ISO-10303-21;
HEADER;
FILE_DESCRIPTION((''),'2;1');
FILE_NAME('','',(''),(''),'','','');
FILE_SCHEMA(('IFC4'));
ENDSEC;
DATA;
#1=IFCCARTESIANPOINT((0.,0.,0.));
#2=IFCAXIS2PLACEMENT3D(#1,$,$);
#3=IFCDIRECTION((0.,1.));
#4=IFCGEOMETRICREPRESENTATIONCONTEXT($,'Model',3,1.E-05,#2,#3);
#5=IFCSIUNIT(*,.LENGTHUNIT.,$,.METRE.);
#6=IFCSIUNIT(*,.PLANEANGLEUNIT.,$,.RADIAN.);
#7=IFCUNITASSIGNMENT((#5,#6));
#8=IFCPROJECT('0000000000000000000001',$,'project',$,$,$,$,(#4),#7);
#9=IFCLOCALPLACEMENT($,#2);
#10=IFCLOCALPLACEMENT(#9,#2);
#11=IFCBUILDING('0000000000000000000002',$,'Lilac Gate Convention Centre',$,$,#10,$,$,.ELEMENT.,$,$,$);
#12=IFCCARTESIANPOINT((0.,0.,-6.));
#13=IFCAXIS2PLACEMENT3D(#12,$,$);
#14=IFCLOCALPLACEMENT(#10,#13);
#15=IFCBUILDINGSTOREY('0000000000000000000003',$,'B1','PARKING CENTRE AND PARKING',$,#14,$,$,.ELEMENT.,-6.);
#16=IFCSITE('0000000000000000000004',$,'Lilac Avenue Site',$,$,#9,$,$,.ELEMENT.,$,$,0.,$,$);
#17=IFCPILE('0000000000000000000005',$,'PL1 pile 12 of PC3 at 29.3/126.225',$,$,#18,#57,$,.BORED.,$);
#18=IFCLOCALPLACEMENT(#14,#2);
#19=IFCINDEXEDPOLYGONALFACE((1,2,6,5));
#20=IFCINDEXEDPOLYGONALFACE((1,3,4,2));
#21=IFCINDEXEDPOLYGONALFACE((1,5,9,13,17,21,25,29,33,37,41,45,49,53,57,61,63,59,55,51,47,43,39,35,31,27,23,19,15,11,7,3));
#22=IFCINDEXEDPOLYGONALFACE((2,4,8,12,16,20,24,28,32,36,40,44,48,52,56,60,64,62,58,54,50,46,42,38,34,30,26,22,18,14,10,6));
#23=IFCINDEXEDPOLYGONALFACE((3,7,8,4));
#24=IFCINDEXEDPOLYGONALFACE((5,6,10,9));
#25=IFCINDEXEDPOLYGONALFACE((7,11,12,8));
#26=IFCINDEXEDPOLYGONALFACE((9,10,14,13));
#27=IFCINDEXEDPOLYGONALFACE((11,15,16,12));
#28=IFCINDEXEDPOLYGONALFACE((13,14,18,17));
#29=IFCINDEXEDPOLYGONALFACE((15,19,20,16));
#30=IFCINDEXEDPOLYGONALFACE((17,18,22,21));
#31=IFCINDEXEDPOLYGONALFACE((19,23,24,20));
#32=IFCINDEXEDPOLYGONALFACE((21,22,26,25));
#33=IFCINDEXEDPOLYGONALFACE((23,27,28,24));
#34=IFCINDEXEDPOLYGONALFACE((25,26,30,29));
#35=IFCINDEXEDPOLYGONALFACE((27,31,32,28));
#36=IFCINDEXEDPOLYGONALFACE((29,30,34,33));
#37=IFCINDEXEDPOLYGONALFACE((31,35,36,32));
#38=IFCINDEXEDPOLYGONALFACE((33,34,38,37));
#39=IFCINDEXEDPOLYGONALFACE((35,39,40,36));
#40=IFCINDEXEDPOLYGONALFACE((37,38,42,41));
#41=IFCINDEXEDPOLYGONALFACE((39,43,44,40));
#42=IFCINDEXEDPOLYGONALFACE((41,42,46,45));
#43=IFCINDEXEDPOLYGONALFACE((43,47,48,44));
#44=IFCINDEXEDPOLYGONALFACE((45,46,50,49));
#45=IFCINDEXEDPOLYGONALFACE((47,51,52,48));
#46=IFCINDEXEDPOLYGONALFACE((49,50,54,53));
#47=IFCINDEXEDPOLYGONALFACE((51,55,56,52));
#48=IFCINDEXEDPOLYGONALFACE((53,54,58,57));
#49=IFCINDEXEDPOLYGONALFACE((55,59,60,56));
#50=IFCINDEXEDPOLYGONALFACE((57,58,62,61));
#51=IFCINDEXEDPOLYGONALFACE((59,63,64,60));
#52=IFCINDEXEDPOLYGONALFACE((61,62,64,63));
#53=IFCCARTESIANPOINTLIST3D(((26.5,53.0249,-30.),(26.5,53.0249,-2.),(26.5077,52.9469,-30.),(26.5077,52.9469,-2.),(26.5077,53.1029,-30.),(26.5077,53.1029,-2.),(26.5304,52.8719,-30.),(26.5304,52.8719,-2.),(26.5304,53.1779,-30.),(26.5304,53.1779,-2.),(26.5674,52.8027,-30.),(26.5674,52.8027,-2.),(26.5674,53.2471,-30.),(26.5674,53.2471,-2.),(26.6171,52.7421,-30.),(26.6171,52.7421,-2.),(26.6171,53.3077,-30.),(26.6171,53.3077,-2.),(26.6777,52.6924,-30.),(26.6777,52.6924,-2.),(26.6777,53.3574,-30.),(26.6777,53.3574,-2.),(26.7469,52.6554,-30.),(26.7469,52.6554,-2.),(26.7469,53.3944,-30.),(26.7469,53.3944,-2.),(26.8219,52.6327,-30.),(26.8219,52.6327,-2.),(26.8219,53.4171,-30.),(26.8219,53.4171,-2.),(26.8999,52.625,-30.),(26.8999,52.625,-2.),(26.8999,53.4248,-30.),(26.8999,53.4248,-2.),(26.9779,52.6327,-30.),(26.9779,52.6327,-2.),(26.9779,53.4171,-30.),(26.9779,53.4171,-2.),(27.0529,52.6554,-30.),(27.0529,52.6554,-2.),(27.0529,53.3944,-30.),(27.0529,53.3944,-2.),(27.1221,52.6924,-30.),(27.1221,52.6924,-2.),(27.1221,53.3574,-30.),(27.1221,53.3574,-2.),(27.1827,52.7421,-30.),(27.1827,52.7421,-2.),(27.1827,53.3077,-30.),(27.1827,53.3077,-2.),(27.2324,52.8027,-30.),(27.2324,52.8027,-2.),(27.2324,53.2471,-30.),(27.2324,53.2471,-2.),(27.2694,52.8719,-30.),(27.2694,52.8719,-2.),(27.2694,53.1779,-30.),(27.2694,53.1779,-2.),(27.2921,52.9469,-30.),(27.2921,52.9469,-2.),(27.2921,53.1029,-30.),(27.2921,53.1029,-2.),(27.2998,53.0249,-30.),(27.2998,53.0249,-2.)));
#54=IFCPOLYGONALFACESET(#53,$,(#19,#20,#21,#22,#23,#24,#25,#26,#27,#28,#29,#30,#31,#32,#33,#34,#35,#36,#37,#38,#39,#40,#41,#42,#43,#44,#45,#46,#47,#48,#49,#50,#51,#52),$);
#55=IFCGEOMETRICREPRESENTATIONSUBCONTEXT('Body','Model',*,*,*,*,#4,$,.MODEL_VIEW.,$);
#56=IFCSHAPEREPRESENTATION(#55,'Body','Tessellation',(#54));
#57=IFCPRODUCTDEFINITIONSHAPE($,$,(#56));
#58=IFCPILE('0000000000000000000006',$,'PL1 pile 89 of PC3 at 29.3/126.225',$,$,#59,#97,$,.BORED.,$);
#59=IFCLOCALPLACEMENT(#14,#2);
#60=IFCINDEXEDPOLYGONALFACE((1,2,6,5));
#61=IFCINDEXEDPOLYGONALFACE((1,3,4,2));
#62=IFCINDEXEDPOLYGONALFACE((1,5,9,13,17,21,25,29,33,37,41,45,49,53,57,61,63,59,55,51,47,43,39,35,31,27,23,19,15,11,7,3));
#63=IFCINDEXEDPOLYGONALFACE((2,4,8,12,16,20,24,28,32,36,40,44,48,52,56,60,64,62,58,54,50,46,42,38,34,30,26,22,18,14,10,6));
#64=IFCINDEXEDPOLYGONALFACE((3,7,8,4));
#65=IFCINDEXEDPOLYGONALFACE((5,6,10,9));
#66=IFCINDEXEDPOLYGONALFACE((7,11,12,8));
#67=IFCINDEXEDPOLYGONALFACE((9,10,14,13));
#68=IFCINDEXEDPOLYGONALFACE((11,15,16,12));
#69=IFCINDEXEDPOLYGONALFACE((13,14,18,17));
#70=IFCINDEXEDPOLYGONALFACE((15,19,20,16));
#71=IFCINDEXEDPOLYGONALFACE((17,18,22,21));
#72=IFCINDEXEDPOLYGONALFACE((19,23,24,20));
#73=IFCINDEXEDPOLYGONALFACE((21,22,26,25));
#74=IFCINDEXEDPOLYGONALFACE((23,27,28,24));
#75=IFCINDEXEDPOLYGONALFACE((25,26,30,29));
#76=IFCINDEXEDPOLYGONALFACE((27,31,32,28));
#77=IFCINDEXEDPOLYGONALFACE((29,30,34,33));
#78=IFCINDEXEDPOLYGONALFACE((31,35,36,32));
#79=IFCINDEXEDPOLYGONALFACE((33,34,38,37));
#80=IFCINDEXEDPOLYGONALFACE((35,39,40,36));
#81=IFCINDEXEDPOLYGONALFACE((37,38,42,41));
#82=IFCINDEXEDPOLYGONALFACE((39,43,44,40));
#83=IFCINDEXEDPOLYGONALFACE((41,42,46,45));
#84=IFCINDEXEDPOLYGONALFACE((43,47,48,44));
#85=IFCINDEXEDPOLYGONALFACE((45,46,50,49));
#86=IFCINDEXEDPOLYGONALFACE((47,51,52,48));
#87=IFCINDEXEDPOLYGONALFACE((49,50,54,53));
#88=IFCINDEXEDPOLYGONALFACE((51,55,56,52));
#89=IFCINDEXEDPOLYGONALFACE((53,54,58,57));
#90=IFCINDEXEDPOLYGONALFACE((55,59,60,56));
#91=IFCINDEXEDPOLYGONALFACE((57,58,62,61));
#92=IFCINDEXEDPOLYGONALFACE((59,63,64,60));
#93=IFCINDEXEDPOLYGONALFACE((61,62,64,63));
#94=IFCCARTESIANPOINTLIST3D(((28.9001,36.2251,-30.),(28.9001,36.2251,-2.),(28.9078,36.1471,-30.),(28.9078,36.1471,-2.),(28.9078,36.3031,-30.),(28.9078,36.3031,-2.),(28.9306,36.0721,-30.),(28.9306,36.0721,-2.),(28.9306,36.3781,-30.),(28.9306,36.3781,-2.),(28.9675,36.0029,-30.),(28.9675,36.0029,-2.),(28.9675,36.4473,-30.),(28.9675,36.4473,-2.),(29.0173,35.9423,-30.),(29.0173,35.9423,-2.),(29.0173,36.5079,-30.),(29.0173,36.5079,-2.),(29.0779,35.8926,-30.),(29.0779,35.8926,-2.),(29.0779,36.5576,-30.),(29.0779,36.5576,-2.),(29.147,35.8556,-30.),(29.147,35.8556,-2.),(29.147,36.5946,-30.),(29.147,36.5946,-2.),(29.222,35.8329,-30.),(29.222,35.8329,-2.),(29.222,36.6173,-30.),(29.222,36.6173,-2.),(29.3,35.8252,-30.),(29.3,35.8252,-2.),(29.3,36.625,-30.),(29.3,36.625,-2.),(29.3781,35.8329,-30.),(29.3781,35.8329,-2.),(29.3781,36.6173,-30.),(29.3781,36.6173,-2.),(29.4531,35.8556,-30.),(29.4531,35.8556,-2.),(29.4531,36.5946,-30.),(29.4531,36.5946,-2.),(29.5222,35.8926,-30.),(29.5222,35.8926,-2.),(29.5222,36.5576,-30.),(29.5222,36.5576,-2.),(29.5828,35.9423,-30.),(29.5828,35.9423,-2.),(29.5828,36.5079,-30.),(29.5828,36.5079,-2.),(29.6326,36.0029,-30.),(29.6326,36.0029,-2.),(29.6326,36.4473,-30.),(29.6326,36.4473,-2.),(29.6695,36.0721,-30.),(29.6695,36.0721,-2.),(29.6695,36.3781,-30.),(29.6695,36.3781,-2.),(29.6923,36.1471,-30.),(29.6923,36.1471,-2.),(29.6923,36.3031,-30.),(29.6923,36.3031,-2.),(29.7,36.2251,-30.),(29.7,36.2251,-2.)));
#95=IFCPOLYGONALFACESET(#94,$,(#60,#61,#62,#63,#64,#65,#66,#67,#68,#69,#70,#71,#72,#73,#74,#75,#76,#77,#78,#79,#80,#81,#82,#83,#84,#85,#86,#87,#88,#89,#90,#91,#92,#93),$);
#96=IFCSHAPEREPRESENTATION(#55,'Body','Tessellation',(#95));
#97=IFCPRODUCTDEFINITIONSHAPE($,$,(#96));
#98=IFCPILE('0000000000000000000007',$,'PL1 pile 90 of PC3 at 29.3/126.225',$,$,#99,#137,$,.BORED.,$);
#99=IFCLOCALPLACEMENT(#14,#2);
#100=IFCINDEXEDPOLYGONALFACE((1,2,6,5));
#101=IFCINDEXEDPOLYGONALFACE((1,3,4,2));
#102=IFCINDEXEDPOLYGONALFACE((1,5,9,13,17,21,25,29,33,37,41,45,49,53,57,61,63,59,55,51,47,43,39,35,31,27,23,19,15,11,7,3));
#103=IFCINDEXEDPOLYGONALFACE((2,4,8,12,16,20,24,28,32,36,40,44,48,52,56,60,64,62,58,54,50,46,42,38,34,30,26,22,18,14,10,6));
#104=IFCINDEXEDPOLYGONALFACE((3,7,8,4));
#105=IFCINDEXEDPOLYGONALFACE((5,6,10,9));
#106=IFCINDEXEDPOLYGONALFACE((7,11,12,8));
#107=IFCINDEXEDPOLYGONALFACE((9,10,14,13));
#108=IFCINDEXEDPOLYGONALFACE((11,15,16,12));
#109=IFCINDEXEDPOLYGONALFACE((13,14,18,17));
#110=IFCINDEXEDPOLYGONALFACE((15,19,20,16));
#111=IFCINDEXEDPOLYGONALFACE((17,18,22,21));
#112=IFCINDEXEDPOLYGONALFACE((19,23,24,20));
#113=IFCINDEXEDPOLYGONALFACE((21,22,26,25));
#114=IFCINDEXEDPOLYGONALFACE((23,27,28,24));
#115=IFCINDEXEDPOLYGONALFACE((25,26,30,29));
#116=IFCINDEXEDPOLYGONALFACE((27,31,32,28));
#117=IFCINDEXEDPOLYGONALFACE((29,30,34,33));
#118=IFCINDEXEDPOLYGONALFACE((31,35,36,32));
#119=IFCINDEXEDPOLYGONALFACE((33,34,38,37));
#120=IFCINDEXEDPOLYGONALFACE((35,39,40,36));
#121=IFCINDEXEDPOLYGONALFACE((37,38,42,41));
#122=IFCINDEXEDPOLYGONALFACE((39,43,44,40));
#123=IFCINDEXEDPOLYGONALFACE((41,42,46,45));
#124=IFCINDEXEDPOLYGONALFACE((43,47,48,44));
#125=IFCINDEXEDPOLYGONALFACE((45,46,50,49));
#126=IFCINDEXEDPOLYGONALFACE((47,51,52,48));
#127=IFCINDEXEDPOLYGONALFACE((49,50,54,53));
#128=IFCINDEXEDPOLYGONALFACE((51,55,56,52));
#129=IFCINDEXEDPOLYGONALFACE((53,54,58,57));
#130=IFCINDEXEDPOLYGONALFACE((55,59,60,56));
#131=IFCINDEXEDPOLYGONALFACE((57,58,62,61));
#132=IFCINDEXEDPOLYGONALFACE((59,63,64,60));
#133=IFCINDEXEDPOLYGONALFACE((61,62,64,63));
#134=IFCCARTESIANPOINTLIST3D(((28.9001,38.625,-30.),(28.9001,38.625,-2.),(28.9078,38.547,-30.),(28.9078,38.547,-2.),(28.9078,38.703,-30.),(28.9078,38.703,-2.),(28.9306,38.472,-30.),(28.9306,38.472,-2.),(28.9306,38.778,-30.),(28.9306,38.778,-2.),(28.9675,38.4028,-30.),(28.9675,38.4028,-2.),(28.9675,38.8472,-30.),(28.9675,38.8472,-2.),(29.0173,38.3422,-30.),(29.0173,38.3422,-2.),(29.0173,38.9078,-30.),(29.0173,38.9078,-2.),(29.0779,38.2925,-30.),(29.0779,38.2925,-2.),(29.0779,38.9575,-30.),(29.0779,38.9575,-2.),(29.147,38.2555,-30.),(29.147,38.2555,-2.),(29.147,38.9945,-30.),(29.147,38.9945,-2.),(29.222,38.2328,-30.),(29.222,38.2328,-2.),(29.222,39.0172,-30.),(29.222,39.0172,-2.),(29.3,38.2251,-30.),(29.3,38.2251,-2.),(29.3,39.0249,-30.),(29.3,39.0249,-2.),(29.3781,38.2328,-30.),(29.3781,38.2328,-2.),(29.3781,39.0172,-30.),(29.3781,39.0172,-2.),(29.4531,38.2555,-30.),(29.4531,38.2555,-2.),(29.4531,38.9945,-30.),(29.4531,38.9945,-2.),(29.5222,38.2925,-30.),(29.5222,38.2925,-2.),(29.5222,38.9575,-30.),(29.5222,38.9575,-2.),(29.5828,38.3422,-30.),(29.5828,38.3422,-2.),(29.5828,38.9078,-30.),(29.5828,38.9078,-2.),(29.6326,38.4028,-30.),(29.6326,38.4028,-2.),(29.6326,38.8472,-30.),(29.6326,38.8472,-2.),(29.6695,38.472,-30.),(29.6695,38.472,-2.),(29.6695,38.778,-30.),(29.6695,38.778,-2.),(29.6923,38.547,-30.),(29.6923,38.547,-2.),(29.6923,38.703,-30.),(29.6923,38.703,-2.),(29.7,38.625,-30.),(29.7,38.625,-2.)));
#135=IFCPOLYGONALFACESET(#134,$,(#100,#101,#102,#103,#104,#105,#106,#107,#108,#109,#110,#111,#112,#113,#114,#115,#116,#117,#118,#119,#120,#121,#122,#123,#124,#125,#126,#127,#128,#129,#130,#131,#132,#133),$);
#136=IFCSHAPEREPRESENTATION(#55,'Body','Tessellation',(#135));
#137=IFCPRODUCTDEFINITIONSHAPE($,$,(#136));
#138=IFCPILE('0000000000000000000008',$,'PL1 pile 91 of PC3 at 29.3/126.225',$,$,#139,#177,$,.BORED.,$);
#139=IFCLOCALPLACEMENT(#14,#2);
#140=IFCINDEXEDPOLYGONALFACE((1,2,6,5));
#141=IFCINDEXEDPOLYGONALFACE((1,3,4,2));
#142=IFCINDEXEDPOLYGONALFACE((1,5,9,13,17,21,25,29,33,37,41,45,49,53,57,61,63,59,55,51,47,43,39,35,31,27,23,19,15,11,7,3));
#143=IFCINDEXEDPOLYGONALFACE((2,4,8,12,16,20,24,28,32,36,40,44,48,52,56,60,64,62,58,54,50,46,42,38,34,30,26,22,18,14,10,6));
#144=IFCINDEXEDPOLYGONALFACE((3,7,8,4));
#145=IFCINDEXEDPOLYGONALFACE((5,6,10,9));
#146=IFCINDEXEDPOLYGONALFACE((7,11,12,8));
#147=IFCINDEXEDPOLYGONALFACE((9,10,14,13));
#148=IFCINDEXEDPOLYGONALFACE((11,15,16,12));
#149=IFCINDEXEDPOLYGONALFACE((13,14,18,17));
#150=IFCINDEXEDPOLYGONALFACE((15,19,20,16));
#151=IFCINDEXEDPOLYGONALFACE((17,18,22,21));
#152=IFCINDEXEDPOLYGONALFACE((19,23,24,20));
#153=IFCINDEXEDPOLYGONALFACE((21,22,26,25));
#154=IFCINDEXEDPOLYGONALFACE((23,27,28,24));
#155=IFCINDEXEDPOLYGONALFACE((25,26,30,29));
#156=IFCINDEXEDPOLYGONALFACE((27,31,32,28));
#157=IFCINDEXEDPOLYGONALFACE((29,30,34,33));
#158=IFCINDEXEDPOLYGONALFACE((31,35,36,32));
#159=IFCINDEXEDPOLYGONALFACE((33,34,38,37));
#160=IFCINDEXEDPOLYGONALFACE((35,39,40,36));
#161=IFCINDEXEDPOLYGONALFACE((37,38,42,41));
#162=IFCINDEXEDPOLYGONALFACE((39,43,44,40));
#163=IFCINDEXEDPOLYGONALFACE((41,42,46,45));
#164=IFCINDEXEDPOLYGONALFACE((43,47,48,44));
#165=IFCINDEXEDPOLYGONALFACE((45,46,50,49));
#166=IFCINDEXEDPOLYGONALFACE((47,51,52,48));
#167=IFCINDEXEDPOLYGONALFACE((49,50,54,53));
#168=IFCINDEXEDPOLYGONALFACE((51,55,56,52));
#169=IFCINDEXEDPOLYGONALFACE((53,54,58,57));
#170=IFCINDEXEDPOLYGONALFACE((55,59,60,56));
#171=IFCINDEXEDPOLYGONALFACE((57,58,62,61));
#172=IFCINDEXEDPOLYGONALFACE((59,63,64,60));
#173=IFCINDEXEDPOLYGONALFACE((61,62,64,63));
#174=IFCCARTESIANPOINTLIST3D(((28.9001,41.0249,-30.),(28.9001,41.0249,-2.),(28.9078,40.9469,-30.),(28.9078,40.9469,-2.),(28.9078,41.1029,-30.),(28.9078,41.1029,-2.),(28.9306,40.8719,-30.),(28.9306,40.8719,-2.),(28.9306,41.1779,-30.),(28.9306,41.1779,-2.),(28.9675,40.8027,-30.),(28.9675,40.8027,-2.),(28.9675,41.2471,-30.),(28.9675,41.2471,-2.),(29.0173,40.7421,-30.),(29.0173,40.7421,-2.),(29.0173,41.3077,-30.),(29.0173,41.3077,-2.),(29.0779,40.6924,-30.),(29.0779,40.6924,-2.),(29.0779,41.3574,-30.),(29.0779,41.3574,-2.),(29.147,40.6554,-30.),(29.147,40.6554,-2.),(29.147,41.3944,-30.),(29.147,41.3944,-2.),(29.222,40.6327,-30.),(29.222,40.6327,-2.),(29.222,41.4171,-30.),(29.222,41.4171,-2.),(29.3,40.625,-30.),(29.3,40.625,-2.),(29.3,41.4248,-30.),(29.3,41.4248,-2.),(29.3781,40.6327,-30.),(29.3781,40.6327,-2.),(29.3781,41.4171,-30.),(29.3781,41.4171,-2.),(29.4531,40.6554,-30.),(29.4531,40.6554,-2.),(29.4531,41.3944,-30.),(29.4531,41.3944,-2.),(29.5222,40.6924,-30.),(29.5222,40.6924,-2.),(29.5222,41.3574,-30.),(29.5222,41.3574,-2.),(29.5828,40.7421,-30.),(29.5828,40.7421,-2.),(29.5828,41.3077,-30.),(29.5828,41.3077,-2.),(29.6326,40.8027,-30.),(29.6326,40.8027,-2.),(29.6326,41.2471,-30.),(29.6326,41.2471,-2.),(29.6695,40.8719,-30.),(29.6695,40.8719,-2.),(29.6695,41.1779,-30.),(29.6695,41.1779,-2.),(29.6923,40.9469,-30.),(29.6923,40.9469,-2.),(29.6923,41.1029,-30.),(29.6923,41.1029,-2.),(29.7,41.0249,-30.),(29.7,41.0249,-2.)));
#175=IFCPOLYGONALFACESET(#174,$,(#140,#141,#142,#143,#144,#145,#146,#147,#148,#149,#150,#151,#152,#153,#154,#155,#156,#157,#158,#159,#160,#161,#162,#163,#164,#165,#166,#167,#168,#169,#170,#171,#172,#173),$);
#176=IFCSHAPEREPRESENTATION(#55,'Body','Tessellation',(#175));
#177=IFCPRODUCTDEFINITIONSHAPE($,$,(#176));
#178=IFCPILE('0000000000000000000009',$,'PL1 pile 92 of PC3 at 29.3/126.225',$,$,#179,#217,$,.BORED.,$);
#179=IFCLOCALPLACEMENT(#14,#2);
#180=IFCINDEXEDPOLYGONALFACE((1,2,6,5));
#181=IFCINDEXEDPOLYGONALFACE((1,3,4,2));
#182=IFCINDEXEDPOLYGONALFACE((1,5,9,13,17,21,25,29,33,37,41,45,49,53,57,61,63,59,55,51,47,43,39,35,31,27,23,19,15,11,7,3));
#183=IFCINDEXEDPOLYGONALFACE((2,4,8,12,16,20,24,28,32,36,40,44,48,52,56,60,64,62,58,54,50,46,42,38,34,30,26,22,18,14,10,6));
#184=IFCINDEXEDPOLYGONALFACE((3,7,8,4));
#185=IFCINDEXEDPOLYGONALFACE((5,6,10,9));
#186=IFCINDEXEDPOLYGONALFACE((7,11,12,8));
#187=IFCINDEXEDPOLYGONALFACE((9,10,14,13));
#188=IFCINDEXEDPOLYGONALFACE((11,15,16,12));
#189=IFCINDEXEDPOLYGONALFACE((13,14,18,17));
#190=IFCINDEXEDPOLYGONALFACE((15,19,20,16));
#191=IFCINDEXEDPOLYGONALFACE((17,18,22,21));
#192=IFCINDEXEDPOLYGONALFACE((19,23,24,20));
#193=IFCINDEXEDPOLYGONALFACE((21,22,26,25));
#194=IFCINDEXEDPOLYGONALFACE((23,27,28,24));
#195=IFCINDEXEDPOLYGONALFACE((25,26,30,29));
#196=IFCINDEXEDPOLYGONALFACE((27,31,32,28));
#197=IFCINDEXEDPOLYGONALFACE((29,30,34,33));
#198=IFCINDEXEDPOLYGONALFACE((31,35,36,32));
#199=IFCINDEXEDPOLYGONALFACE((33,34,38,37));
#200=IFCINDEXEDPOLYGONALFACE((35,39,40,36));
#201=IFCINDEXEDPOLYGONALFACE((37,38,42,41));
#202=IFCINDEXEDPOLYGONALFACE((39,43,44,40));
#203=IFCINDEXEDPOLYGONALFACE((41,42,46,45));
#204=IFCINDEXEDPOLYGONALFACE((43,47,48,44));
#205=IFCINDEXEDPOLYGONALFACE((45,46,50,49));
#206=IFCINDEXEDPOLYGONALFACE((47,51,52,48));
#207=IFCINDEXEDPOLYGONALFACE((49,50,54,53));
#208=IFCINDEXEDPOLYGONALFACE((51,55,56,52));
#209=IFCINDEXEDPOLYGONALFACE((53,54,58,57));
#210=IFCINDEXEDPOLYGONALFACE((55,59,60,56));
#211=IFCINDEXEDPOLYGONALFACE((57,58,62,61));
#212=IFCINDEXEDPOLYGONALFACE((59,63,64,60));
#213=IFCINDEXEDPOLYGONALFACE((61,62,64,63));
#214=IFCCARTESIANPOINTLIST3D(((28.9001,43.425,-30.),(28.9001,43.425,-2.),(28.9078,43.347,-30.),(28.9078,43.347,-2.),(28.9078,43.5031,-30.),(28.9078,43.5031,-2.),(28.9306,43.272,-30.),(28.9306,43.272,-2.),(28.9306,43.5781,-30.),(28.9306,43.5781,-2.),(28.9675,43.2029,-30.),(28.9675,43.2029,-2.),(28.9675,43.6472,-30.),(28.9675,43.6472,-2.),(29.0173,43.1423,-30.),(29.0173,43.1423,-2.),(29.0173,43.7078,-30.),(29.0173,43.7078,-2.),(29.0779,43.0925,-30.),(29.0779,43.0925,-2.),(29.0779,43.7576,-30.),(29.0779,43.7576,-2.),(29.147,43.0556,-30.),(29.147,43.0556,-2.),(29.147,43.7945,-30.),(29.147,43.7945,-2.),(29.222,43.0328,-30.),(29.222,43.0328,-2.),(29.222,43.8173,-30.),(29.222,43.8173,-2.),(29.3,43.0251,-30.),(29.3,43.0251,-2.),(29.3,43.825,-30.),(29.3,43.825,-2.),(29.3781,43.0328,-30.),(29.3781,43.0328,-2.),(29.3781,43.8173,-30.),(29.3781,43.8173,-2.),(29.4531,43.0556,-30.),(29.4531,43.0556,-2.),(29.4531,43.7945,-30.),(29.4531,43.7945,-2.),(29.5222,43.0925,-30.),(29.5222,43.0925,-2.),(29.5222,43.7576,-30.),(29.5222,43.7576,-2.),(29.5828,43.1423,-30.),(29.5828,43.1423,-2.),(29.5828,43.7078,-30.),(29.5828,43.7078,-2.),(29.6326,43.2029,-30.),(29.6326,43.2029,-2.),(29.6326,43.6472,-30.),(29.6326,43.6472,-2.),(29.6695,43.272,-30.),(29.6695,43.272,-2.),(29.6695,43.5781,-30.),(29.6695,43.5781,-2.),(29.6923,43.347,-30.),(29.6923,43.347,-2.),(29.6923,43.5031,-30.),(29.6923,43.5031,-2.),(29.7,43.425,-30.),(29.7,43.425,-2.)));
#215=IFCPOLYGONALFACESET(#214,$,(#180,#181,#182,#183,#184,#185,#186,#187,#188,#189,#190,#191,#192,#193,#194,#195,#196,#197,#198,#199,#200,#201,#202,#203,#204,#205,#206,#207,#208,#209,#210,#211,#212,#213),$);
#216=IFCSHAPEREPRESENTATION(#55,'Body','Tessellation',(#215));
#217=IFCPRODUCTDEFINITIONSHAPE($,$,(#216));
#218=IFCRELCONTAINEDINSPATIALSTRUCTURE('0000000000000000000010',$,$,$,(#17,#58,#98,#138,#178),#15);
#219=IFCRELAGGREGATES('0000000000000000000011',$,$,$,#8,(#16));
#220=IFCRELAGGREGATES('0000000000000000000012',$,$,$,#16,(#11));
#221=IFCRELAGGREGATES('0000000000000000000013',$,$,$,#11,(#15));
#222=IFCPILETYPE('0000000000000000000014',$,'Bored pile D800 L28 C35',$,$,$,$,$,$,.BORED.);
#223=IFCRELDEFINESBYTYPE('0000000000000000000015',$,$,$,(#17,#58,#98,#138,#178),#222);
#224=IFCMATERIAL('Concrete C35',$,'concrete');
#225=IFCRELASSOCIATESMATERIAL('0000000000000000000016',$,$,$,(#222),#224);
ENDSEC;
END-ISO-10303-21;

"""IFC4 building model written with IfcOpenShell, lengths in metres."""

from ifc_helpers import new_model, si_unit, direction, frame, origin, origin_2d, place, context, subcontext, project, spatial, circle, extrude, material, material_profile, profile_set, type_object, element, save


model = new_model("IFC4")

# Units and contexts
model_context = context("Model", 3, precision=1e-05, world=origin(), true_north=direction((0.0, 1.0)))
body_context = subcontext(model_context, "Body", "Model", "MODEL_VIEW")
ifc_project = project(units=[si_unit("LENGTHUNIT", "METRE"), si_unit("PLANEANGLEUNIT", "RADIAN")], contexts=[model_context])

# Site, building, storey
site_placement = place(None, origin())
site = spatial("IfcSite", under=ifc_project, at=site_placement, Name="Lilac Avenue Site", CompositionType="ELEMENT", RefElevation=0.0)
building_placement = place(site_placement, origin())
building = spatial("IfcBuilding", under=site, at=building_placement, Name="Lilac Gate Convention Centre", CompositionType="ELEMENT")
storey_placement = place(building_placement, frame((0.0, 0.0, -6.0)))
storey = spatial("IfcBuildingStorey", under=building, at=storey_placement, Name="B1", Description="PARKING CENTRE AND PARKING", CompositionType="ELEMENT", Elevation=-6.0)

# Piles
ifc_material_1 = material(Name="Concrete C35", Category="concrete")
ifc_material_profile_1 = material_profile(ifc_material_1, circle(Radius=0.3999, at=origin_2d()), Name="D800")
ifc_profile_set_1 = profile_set([ifc_material_profile_1], Name="Concrete C35")
pile_type = type_object("IfcPileType", Name="Bored pile D800 L28 C35", PredefinedType="BORED", material=ifc_profile_set_1)
for number, where, z_axis, x_axis, name in (
    (1, (26.8999, 53.0249, -2.0), (0.0, 0.0, -1.0), (1.0, 0.0, 0.0), "PL1 pile 12 of PC3 at 29.3/126.225"),
    (2, (29.3, 36.2251, -2.0), (0.0, 0.0, -1.0), (1.0, 0.0, 0.0), "PL1 pile 89 of PC3 at 29.3/126.225"),
    (3, (29.3, 38.625, -2.0), (0.0, 0.0, -1.0), (1.0, 0.0, 0.0), "PL1 pile 90 of PC3 at 29.3/126.225"),
    (4, (29.3, 41.0249, -2.0), (0.0, 0.0, -1.0), (1.0, 0.0, 0.0), "PL1 pile 91 of PC3 at 29.3/126.225"),
    (5, (29.3, 43.425, -2.0), (0.0, 0.0, -1.0), (1.0, 0.0, 0.0), "PL1 pile 92 of PC3 at 29.3/126.225"),
):
    element("IfcPile", number, at=place(storey_placement, frame(where, z_axis=z_axis, x_axis=x_axis)), inside=storey, type_object=pile_type, Name=name, PredefinedType="BORED", context=body_context, shape_type="SweptSolid", body=[
        extrude(circle(Radius=0.3999, at=origin_2d()), origin(), (0.0, 0.0, 1.0), 28.0),
    ])

save(model, "model.ifc")
